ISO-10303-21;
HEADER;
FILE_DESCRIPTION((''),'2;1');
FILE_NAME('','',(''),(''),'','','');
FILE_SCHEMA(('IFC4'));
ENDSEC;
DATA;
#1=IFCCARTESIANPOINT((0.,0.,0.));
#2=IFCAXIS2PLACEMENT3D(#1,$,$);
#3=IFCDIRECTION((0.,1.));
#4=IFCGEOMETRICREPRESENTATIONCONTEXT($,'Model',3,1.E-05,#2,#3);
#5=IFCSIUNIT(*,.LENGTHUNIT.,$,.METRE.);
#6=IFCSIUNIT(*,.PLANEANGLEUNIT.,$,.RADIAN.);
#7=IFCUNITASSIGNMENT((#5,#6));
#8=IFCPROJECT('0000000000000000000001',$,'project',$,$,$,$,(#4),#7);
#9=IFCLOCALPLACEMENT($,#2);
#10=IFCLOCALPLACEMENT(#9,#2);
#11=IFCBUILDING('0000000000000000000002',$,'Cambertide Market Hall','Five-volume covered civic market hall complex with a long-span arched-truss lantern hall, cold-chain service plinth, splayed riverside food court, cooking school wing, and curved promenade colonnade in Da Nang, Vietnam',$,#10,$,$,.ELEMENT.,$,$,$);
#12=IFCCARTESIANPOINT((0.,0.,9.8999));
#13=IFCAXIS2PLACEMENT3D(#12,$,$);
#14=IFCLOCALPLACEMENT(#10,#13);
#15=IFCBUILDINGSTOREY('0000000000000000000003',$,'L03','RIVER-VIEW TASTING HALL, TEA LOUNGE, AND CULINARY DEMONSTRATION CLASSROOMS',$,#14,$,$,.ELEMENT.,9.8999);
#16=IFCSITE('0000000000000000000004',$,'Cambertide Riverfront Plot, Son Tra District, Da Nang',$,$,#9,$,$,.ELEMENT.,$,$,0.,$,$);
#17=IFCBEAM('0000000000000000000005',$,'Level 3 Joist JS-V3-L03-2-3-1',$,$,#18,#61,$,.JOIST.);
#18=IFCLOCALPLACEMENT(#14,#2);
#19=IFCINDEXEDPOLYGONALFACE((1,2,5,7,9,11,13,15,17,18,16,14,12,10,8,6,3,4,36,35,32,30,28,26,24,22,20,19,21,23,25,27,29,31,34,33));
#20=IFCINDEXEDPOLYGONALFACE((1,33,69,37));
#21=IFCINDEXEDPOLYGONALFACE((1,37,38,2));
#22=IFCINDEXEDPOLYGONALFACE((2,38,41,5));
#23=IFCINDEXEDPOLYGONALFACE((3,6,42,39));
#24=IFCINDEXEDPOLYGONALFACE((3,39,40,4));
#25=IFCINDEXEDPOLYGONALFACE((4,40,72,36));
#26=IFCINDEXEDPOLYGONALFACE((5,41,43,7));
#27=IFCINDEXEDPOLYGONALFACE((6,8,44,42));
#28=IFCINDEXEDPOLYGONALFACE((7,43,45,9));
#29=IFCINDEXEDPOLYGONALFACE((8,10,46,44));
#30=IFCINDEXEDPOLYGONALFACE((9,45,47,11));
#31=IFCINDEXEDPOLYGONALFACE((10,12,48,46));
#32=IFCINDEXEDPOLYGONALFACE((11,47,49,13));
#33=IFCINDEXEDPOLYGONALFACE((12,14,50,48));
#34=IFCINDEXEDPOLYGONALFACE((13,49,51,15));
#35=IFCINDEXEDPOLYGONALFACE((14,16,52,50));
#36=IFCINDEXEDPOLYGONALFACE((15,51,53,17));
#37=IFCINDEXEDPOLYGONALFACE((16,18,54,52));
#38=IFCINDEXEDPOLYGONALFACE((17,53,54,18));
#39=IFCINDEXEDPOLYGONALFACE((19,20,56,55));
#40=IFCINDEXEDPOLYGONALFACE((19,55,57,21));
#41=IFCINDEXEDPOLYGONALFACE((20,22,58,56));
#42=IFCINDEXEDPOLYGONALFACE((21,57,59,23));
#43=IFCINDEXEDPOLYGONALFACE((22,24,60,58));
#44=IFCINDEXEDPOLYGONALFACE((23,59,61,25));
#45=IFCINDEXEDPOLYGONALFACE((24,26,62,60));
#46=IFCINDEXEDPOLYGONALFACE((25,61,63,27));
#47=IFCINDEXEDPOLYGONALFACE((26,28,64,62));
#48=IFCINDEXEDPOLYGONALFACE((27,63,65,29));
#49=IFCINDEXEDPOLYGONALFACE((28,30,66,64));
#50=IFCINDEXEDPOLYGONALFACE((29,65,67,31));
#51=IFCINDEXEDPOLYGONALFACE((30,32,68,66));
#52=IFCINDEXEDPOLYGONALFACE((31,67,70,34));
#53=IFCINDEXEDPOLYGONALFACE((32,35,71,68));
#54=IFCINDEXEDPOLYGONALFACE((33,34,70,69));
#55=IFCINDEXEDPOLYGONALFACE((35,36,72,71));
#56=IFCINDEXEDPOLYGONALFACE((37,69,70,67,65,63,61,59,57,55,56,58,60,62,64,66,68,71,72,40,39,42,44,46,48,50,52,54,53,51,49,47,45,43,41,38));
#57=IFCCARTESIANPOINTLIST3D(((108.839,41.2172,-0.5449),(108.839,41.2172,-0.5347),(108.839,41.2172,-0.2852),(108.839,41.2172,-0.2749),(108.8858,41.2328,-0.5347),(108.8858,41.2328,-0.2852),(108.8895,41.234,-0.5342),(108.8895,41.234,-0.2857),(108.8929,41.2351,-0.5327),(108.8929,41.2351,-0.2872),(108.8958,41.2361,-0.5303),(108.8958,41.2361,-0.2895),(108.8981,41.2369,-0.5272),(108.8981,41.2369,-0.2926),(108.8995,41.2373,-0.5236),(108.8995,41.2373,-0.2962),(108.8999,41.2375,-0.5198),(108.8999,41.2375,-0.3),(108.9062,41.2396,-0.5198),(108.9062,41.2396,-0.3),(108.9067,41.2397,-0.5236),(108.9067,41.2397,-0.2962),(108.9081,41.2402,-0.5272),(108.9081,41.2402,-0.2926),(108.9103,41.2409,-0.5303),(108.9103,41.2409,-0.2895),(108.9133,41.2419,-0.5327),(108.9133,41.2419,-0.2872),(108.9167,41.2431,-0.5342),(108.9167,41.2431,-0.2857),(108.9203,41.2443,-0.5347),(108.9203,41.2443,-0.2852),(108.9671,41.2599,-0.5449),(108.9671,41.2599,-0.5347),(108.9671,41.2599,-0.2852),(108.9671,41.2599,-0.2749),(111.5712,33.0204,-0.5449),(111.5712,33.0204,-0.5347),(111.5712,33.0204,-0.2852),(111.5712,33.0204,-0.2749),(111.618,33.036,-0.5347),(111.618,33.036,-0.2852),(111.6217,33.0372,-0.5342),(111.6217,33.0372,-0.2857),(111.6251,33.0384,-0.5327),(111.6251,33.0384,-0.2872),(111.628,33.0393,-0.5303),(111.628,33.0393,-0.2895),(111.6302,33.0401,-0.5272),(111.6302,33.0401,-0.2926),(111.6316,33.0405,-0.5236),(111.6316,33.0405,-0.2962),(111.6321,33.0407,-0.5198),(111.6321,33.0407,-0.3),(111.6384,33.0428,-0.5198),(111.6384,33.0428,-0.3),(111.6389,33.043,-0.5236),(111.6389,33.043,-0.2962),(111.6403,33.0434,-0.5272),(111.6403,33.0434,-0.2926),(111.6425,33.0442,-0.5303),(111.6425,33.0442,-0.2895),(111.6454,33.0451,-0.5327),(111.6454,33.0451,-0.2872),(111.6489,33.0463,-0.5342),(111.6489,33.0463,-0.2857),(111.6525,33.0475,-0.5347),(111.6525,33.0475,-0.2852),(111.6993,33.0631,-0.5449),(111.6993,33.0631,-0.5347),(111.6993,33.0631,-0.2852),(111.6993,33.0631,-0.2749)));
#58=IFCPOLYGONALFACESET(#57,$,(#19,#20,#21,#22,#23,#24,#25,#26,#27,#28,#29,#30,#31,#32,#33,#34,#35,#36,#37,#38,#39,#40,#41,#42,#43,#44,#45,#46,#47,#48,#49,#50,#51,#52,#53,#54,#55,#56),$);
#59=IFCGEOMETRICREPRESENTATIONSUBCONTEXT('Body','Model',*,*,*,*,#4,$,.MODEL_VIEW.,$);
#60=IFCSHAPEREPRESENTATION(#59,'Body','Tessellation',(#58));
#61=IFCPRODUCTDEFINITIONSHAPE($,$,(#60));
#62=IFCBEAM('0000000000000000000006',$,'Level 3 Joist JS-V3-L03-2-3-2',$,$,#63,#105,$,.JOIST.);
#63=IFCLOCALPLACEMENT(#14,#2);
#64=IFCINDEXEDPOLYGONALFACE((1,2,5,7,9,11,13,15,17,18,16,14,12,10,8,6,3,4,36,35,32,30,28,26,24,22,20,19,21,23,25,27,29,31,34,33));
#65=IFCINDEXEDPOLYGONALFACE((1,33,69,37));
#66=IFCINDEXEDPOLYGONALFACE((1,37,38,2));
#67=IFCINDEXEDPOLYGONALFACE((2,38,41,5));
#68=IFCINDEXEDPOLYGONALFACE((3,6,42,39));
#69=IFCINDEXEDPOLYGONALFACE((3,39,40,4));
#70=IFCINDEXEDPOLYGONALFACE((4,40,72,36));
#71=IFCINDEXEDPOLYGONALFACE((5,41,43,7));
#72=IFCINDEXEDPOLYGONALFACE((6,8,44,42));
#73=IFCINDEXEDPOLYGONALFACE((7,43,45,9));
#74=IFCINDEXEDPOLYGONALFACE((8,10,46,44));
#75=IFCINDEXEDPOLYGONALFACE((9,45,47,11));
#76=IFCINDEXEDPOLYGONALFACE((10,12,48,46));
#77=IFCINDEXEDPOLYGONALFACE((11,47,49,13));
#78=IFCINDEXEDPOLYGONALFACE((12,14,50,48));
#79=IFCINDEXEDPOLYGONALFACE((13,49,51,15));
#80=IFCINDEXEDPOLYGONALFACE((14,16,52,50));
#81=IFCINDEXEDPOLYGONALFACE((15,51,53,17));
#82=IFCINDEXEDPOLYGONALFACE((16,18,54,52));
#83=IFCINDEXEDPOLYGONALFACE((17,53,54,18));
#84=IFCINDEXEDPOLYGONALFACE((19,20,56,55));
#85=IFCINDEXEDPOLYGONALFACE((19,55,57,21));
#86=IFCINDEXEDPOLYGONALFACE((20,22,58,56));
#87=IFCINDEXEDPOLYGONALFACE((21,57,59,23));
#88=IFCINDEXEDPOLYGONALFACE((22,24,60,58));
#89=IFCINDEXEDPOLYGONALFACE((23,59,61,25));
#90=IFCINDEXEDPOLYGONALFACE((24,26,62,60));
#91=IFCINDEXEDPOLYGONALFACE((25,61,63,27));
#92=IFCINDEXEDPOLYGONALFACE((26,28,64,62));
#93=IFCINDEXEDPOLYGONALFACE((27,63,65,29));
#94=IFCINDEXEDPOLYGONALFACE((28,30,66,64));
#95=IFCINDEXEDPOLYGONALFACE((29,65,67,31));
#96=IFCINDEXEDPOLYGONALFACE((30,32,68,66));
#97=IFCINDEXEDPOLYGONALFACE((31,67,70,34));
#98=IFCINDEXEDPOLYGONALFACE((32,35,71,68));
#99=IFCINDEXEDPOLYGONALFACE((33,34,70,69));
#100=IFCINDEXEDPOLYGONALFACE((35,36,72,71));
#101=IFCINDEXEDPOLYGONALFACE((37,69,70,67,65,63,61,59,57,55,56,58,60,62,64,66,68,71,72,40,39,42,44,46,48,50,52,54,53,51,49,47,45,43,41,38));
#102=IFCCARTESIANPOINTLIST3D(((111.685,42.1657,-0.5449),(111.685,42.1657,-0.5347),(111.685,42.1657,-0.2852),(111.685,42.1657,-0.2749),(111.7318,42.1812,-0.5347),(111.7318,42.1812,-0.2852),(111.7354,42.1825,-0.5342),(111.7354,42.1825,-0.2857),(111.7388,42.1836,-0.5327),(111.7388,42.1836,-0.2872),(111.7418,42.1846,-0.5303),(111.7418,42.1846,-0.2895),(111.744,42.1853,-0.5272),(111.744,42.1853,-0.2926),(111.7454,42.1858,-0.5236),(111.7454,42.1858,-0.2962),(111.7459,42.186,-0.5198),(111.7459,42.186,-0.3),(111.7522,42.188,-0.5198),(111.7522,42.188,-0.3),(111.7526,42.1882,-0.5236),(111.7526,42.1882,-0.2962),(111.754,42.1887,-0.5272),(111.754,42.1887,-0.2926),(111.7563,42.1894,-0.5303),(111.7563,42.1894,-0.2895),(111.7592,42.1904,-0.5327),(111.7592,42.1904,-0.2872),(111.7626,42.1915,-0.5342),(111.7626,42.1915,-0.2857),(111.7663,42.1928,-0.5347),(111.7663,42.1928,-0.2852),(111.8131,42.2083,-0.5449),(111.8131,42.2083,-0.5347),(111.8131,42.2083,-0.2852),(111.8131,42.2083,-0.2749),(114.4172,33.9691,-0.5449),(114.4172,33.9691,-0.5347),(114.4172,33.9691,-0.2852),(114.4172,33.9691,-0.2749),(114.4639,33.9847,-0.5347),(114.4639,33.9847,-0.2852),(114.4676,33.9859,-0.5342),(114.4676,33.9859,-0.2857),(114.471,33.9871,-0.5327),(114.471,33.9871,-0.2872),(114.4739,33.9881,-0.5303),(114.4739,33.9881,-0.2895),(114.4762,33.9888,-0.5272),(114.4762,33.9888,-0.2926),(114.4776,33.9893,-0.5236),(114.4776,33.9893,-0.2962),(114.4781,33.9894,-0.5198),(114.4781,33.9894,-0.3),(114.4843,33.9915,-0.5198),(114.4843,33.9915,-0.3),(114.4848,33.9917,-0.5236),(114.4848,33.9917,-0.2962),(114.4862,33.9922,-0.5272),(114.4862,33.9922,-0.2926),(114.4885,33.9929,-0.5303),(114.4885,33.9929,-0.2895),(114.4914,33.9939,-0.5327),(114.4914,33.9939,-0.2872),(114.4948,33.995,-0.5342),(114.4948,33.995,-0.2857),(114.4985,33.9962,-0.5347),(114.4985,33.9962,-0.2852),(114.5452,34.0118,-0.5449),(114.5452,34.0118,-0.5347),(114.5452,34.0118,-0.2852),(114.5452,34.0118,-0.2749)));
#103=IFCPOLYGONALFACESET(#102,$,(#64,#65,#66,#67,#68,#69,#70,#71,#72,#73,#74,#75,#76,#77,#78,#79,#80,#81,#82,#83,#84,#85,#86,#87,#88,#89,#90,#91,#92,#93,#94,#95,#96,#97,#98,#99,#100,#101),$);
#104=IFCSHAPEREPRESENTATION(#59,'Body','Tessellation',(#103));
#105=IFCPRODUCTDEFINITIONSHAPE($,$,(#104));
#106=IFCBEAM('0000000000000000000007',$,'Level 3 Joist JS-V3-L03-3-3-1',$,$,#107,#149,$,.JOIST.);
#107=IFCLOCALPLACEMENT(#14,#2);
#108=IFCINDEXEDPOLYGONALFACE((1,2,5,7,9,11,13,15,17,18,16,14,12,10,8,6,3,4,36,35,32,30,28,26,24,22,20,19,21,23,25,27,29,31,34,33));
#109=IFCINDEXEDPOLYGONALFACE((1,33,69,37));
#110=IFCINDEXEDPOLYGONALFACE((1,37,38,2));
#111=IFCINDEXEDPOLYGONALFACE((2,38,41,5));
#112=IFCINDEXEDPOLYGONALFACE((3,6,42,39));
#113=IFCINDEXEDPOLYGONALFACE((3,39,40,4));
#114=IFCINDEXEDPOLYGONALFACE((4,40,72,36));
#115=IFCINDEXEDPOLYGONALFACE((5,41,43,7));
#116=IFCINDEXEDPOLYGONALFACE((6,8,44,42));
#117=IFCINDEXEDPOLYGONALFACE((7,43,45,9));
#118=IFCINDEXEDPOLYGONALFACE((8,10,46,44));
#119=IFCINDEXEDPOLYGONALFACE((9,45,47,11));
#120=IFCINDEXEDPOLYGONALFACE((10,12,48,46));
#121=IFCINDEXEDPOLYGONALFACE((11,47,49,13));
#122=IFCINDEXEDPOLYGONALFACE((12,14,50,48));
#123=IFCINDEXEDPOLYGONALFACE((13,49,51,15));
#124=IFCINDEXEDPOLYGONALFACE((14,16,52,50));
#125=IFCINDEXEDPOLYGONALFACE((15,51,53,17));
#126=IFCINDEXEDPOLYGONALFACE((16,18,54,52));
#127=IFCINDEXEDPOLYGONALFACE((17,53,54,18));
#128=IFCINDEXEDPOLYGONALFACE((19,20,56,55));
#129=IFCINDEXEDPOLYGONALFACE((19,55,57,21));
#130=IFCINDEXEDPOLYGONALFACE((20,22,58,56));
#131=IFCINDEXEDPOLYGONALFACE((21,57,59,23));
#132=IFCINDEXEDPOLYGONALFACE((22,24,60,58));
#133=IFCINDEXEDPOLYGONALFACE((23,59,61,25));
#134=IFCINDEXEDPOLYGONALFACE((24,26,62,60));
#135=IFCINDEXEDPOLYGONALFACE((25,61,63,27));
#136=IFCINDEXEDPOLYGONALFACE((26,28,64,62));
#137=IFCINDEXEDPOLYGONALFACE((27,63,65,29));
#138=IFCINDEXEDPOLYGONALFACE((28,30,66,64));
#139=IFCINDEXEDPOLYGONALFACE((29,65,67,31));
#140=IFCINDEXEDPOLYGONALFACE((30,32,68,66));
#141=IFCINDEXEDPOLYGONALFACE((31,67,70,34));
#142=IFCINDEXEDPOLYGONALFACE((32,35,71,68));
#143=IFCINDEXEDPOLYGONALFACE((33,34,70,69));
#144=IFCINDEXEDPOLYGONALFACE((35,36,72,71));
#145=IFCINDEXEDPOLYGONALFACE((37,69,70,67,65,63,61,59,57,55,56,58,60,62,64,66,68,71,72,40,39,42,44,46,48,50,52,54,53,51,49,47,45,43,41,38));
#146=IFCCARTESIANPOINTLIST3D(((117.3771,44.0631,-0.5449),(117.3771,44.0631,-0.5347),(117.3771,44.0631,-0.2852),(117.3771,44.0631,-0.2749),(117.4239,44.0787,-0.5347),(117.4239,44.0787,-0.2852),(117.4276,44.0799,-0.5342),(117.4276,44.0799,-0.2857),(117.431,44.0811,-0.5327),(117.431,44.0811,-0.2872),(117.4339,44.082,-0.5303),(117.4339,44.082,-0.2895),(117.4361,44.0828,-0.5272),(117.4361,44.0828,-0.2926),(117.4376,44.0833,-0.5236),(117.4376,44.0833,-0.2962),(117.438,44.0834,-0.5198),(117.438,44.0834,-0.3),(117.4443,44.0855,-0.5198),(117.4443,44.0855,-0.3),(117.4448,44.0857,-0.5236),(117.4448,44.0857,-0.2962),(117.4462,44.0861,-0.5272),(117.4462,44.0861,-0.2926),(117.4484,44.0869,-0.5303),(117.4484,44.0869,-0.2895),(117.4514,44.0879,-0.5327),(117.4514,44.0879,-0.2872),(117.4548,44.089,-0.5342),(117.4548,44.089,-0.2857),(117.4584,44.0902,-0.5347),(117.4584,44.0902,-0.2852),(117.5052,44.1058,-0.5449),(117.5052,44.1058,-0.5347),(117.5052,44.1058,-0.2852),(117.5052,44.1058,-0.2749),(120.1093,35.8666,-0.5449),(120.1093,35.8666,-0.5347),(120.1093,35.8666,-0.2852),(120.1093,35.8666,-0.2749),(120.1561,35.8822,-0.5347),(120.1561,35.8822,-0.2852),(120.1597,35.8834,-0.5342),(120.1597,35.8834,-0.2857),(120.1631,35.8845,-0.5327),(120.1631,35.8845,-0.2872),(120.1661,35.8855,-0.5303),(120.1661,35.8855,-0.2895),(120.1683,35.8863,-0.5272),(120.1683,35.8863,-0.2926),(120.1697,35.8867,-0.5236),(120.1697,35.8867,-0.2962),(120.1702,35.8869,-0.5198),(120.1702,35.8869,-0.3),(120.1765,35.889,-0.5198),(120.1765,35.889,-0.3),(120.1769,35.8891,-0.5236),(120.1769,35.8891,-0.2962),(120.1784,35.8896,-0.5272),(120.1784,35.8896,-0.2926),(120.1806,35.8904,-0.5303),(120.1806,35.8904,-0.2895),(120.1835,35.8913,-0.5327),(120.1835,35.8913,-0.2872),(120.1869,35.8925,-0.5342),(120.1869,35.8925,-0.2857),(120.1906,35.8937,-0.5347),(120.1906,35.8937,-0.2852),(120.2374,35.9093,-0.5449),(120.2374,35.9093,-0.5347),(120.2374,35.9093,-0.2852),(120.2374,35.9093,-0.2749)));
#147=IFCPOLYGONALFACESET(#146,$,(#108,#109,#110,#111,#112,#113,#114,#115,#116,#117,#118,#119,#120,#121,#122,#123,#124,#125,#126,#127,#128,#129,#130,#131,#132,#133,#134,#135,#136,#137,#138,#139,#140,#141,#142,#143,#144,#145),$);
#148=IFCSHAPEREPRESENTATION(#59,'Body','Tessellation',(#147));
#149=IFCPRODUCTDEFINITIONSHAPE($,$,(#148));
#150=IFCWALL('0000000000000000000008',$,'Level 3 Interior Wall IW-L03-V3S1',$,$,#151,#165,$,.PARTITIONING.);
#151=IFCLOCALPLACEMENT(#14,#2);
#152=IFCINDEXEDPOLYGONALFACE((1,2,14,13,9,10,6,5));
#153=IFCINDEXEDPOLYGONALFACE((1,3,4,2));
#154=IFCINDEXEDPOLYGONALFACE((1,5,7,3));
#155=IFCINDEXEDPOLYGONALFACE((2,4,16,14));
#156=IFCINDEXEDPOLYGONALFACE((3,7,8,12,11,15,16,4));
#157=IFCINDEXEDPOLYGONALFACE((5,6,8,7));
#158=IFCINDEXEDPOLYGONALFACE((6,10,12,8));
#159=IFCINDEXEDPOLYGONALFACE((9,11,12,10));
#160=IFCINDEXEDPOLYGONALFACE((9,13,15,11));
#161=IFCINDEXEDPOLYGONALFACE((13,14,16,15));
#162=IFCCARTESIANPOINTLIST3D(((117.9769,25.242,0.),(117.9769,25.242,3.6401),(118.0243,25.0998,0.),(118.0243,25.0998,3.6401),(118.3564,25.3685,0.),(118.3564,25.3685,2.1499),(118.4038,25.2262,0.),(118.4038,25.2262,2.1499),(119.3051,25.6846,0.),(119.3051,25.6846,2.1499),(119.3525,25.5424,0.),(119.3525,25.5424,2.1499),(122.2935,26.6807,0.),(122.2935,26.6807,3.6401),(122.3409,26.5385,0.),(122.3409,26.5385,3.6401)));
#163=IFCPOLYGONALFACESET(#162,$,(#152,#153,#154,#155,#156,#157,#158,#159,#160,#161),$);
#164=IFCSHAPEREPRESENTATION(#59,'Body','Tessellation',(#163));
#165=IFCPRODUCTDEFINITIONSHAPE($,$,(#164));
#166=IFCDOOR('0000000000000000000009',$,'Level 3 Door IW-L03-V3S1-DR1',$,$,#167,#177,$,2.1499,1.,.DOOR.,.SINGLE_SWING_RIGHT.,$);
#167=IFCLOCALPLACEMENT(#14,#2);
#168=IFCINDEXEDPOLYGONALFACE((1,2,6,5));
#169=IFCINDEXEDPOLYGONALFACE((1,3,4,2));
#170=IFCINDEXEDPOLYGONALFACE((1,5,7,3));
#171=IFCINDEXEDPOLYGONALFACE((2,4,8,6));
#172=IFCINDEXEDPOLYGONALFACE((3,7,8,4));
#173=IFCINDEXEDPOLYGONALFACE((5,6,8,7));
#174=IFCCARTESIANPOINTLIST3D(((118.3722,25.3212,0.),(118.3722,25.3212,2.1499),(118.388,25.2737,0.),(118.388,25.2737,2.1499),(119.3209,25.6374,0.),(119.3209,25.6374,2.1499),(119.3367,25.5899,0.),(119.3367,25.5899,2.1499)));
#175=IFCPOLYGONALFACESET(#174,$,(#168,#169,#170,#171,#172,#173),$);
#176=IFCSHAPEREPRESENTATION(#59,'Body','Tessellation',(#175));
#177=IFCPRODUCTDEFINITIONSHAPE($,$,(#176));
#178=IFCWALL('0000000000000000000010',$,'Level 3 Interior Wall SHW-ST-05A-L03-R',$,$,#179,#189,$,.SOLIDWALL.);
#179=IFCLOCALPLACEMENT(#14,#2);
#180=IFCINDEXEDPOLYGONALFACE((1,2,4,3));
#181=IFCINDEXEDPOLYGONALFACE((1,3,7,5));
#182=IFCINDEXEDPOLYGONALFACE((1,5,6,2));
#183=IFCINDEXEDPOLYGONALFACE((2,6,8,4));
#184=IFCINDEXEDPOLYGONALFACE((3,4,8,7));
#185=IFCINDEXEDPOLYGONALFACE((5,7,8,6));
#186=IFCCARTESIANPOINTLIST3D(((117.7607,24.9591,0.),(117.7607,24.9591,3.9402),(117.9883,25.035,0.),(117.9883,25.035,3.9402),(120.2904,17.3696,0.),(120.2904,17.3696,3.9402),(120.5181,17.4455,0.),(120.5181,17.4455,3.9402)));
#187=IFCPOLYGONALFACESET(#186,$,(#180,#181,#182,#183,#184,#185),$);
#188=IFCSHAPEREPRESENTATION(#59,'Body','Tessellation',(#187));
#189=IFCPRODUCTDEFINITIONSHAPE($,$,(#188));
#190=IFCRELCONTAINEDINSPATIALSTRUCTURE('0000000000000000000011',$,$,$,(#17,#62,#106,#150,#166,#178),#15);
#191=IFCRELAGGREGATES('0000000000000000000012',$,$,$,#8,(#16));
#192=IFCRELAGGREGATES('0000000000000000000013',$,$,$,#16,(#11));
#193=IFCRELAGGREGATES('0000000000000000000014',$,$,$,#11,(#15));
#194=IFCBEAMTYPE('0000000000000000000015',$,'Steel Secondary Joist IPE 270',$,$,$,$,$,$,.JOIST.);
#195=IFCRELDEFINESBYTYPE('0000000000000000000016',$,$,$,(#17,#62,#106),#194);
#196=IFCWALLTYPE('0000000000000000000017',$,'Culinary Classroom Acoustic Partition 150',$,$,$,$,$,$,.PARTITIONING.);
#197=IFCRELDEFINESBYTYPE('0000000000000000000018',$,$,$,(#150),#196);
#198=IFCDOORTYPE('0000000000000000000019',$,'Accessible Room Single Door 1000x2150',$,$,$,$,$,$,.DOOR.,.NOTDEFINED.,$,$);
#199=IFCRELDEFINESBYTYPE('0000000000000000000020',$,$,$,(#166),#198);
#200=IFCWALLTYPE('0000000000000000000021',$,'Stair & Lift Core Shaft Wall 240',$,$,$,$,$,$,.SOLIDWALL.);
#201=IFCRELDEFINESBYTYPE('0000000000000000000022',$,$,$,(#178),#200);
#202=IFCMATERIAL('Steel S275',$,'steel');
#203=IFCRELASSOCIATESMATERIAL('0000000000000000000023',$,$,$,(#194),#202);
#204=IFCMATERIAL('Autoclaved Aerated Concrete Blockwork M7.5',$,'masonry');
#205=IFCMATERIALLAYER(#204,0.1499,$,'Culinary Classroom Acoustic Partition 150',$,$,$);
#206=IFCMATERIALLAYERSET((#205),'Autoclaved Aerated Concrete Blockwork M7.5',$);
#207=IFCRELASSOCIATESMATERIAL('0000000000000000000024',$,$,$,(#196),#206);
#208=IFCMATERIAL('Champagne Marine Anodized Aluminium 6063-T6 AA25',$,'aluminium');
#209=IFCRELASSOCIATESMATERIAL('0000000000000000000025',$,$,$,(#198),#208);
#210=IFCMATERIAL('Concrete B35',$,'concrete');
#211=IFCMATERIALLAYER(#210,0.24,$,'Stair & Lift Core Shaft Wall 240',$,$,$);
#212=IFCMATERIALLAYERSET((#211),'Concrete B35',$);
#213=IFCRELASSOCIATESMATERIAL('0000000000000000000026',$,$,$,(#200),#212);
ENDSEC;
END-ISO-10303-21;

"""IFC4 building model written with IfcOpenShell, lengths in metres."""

from ifc_helpers import new_model, si_unit, direction, frame, frame_2d, origin, origin_2d, place, context, subcontext, project, spatial, rectangle, i_section, extrude, material, layer, layer_set, material_profile, profile_set, type_object, element, fill, save


model = new_model("IFC4")

# Units and contexts
model_context = context("Model", 3, precision=1e-05, world=origin(), true_north=direction((0.0, 1.0)))
body_context = subcontext(model_context, "Body", "Model", "MODEL_VIEW")
ifc_project = project(units=[si_unit("LENGTHUNIT", "METRE"), si_unit("PLANEANGLEUNIT", "RADIAN")], contexts=[model_context])

# Site, building, storey
site_placement = place(None, origin())
site = spatial("IfcSite", under=ifc_project, at=site_placement, Name="Cambertide Riverfront Plot, Son Tra District, Da Nang", CompositionType="ELEMENT", RefElevation=0.0)
building_placement = place(site_placement, origin())
building = spatial("IfcBuilding", under=site, at=building_placement, Name="Cambertide Market Hall", Description="Five-volume covered civic market hall complex with a long-span arched-truss lantern hall, cold-chain service plinth, splayed riverside food court, cooking school wing, and curved promenade colonnade in Da Nang, Vietnam", CompositionType="ELEMENT")
storey_placement = place(building_placement, frame((0.0, 0.0, 9.8999)))
storey = spatial("IfcBuildingStorey", under=building, at=storey_placement, Name="L03", Description="RIVER-VIEW TASTING HALL, TEA LOUNGE, AND CULINARY DEMONSTRATION CLASSROOMS", CompositionType="ELEMENT", Elevation=9.8999)

# Beams
ifc_material_1 = material(Name="Steel S275", Category="steel")
ifc_material_profile_1 = material_profile(ifc_material_1, i_section(OverallWidth=0.135, OverallDepth=0.27, WebThickness=0.0066, FlangeThickness=0.0103, FilletRadius=0.0149, at=origin_2d()), Name="IPE 270")
ifc_profile_set_1 = profile_set([ifc_material_profile_1], Name="Steel S275")
beam_type_1 = type_object("IfcBeamType", Name="Steel Secondary Joist IPE 270", PredefinedType="JOIST", material=ifc_profile_set_1)
beam_1_placement = place(storey_placement, frame((111.6353, 33.0417, -0.4099), z_axis=(-0.316219, 0.948686, 0.0), x_axis=(-0.948686, -0.316219, 0.0)))
element("IfcBeam", 1, at=beam_1_placement, inside=storey, type_object=beam_type_1, Name="Level 3 Joist JS-V3-L03-2-3-1", PredefinedType="JOIST", context=body_context, shape_type="SweptSolid", body=[
    extrude(i_section(OverallWidth=0.135, OverallDepth=0.27, WebThickness=0.0066, FlangeThickness=0.0103, FilletRadius=0.0149, at=origin_2d()), origin(), (0.0, 0.0, 1.0), 8.6401),
])
for number, where, z_axis, x_axis, name in (
    (2, (114.4812, 33.9905, -0.4099), (-0.316228, 0.948683, 0.0), (-0.948683, -0.316228, 0.0), "Level 3 Joist JS-V3-L03-2-3-2"),
    (3, (120.1733, 35.8879, -0.4099), (-0.316228, 0.948683, 0.0), (-0.948683, -0.316228, 0.0), "Level 3 Joist JS-V3-L03-3-3-1"),
):
    element("IfcBeam", number, at=place(storey_placement, frame(where, z_axis=z_axis, x_axis=x_axis)), inside=storey, type_object=beam_type_1, Name=name, PredefinedType="JOIST", context=body_context, shape_type="SweptSolid", body=[
        extrude(i_section(OverallWidth=0.135, OverallDepth=0.27, WebThickness=0.0066, FlangeThickness=0.0103, FilletRadius=0.0149, at=origin_2d()), origin(), (0.0, 0.0, 1.0), 8.6399),
    ])

# Wall, opening, door
ifc_material_2 = material(Name="Autoclaved Aerated Concrete Blockwork M7.5", Category="masonry")
ifc_layer_1 = layer(ifc_material_2, 0.1499, Name="Culinary Classroom Acoustic Partition 150")
ifc_layer_set_1 = layer_set([ifc_layer_1], Name="Autoclaved Aerated Concrete Blockwork M7.5")
wall_type_1 = type_object("IfcWallType", Name="Culinary Classroom Acoustic Partition 150", PredefinedType="PARTITIONING", material=ifc_layer_set_1)
wall_1_placement = place(storey_placement, frame((118.0007, 25.1709, 0.0), z_axis=(0.0, 0.0, 1.0), x_axis=(0.948694, 0.316196, 0.0)))
wall_1 = element("IfcWall", 4, at=wall_1_placement, inside=storey, type_object=wall_type_1, Name="Level 3 Interior Wall IW-L03-V3S1", PredefinedType="PARTITIONING", context=body_context, shape_type="SweptSolid", body=[
    extrude(rectangle(XDim=4.55, YDim=0.1499, at=frame_2d((2.2749, 0.0))), origin(), (0.0, 0.0, 1.0), 3.6401),
])
opening_placement = place(wall_1_placement, frame((0.3999, 0.0, 0.0)))
opening = element("IfcOpeningElement", 5, at=opening_placement, cuts=wall_1, PredefinedType="OPENING", context=body_context, shape_type="SweptSolid", body=[
    extrude(rectangle(XDim=1.0, YDim=2.1499, at=frame_2d((0.5, 1.075))), frame((0.0, 0.085, 0.0), z_axis=(0.0, -1.0, 0.0), x_axis=(1.0, 0.0, 0.0)), (0.0, 0.0, 1.0), 0.1699),
])
ifc_material_3 = material(Name="Champagne Marine Anodized Aluminium 6063-T6 AA25", Category="aluminium")
door_type = type_object("IfcDoorType", Name="Accessible Room Single Door 1000x2150", OperationType="NOTDEFINED", PredefinedType="DOOR", material=ifc_material_3)
door_placement = place(opening_placement, frame((1.0, 0.0, 0.0), z_axis=(0.0, 0.0, 1.0), x_axis=(-1.0, 0.0, 0.0)))
door = element("IfcDoor", 6, at=door_placement, inside=storey, type_object=door_type, Name="Level 3 Door IW-L03-V3S1-DR1", OperationType="SINGLE_SWING_RIGHT", OverallHeight=2.1499, OverallWidth=1.0, PredefinedType="DOOR", context=body_context, shape_type="SweptSolid", body=[
    extrude(rectangle(XDim=1.0, YDim=2.1499, at=frame_2d((0.5, 1.075))), frame((0.0, 0.0249, 0.0), z_axis=(0.0, -1.0, 0.0), x_axis=(1.0, 0.0, 0.0)), (0.0, 0.0, 1.0), 0.05),
])
fill(opening, door)

# Wall
ifc_material_4 = material(Name="Concrete B35", Category="concrete")
ifc_layer_2 = layer(ifc_material_4, 0.24, Name="Stair & Lift Core Shaft Wall 240")
ifc_layer_set_2 = layer_set([ifc_layer_2], Name="Concrete B35")
wall_type_2 = type_object("IfcWallType", Name="Stair & Lift Core Shaft Wall 240", PredefinedType="SOLIDWALL", material=ifc_layer_set_2)
wall_2_placement = place(storey_placement, frame((117.8745, 24.9971, 0.0), z_axis=(0.0, 0.0, 1.0), x_axis=(0.316219, -0.948686, 0.0)))
element("IfcWall", 7, at=wall_2_placement, inside=storey, type_object=wall_type_2, Name="Level 3 Interior Wall SHW-ST-05A-L03-R", PredefinedType="SOLIDWALL", context=body_context, shape_type="SweptSolid", body=[
    extrude(rectangle(XDim=8.0, YDim=0.24, at=frame_2d((4.0, 0.0))), origin(), (0.0, 0.0, 1.0), 3.9402),
])

save(model, "model.ifc")
